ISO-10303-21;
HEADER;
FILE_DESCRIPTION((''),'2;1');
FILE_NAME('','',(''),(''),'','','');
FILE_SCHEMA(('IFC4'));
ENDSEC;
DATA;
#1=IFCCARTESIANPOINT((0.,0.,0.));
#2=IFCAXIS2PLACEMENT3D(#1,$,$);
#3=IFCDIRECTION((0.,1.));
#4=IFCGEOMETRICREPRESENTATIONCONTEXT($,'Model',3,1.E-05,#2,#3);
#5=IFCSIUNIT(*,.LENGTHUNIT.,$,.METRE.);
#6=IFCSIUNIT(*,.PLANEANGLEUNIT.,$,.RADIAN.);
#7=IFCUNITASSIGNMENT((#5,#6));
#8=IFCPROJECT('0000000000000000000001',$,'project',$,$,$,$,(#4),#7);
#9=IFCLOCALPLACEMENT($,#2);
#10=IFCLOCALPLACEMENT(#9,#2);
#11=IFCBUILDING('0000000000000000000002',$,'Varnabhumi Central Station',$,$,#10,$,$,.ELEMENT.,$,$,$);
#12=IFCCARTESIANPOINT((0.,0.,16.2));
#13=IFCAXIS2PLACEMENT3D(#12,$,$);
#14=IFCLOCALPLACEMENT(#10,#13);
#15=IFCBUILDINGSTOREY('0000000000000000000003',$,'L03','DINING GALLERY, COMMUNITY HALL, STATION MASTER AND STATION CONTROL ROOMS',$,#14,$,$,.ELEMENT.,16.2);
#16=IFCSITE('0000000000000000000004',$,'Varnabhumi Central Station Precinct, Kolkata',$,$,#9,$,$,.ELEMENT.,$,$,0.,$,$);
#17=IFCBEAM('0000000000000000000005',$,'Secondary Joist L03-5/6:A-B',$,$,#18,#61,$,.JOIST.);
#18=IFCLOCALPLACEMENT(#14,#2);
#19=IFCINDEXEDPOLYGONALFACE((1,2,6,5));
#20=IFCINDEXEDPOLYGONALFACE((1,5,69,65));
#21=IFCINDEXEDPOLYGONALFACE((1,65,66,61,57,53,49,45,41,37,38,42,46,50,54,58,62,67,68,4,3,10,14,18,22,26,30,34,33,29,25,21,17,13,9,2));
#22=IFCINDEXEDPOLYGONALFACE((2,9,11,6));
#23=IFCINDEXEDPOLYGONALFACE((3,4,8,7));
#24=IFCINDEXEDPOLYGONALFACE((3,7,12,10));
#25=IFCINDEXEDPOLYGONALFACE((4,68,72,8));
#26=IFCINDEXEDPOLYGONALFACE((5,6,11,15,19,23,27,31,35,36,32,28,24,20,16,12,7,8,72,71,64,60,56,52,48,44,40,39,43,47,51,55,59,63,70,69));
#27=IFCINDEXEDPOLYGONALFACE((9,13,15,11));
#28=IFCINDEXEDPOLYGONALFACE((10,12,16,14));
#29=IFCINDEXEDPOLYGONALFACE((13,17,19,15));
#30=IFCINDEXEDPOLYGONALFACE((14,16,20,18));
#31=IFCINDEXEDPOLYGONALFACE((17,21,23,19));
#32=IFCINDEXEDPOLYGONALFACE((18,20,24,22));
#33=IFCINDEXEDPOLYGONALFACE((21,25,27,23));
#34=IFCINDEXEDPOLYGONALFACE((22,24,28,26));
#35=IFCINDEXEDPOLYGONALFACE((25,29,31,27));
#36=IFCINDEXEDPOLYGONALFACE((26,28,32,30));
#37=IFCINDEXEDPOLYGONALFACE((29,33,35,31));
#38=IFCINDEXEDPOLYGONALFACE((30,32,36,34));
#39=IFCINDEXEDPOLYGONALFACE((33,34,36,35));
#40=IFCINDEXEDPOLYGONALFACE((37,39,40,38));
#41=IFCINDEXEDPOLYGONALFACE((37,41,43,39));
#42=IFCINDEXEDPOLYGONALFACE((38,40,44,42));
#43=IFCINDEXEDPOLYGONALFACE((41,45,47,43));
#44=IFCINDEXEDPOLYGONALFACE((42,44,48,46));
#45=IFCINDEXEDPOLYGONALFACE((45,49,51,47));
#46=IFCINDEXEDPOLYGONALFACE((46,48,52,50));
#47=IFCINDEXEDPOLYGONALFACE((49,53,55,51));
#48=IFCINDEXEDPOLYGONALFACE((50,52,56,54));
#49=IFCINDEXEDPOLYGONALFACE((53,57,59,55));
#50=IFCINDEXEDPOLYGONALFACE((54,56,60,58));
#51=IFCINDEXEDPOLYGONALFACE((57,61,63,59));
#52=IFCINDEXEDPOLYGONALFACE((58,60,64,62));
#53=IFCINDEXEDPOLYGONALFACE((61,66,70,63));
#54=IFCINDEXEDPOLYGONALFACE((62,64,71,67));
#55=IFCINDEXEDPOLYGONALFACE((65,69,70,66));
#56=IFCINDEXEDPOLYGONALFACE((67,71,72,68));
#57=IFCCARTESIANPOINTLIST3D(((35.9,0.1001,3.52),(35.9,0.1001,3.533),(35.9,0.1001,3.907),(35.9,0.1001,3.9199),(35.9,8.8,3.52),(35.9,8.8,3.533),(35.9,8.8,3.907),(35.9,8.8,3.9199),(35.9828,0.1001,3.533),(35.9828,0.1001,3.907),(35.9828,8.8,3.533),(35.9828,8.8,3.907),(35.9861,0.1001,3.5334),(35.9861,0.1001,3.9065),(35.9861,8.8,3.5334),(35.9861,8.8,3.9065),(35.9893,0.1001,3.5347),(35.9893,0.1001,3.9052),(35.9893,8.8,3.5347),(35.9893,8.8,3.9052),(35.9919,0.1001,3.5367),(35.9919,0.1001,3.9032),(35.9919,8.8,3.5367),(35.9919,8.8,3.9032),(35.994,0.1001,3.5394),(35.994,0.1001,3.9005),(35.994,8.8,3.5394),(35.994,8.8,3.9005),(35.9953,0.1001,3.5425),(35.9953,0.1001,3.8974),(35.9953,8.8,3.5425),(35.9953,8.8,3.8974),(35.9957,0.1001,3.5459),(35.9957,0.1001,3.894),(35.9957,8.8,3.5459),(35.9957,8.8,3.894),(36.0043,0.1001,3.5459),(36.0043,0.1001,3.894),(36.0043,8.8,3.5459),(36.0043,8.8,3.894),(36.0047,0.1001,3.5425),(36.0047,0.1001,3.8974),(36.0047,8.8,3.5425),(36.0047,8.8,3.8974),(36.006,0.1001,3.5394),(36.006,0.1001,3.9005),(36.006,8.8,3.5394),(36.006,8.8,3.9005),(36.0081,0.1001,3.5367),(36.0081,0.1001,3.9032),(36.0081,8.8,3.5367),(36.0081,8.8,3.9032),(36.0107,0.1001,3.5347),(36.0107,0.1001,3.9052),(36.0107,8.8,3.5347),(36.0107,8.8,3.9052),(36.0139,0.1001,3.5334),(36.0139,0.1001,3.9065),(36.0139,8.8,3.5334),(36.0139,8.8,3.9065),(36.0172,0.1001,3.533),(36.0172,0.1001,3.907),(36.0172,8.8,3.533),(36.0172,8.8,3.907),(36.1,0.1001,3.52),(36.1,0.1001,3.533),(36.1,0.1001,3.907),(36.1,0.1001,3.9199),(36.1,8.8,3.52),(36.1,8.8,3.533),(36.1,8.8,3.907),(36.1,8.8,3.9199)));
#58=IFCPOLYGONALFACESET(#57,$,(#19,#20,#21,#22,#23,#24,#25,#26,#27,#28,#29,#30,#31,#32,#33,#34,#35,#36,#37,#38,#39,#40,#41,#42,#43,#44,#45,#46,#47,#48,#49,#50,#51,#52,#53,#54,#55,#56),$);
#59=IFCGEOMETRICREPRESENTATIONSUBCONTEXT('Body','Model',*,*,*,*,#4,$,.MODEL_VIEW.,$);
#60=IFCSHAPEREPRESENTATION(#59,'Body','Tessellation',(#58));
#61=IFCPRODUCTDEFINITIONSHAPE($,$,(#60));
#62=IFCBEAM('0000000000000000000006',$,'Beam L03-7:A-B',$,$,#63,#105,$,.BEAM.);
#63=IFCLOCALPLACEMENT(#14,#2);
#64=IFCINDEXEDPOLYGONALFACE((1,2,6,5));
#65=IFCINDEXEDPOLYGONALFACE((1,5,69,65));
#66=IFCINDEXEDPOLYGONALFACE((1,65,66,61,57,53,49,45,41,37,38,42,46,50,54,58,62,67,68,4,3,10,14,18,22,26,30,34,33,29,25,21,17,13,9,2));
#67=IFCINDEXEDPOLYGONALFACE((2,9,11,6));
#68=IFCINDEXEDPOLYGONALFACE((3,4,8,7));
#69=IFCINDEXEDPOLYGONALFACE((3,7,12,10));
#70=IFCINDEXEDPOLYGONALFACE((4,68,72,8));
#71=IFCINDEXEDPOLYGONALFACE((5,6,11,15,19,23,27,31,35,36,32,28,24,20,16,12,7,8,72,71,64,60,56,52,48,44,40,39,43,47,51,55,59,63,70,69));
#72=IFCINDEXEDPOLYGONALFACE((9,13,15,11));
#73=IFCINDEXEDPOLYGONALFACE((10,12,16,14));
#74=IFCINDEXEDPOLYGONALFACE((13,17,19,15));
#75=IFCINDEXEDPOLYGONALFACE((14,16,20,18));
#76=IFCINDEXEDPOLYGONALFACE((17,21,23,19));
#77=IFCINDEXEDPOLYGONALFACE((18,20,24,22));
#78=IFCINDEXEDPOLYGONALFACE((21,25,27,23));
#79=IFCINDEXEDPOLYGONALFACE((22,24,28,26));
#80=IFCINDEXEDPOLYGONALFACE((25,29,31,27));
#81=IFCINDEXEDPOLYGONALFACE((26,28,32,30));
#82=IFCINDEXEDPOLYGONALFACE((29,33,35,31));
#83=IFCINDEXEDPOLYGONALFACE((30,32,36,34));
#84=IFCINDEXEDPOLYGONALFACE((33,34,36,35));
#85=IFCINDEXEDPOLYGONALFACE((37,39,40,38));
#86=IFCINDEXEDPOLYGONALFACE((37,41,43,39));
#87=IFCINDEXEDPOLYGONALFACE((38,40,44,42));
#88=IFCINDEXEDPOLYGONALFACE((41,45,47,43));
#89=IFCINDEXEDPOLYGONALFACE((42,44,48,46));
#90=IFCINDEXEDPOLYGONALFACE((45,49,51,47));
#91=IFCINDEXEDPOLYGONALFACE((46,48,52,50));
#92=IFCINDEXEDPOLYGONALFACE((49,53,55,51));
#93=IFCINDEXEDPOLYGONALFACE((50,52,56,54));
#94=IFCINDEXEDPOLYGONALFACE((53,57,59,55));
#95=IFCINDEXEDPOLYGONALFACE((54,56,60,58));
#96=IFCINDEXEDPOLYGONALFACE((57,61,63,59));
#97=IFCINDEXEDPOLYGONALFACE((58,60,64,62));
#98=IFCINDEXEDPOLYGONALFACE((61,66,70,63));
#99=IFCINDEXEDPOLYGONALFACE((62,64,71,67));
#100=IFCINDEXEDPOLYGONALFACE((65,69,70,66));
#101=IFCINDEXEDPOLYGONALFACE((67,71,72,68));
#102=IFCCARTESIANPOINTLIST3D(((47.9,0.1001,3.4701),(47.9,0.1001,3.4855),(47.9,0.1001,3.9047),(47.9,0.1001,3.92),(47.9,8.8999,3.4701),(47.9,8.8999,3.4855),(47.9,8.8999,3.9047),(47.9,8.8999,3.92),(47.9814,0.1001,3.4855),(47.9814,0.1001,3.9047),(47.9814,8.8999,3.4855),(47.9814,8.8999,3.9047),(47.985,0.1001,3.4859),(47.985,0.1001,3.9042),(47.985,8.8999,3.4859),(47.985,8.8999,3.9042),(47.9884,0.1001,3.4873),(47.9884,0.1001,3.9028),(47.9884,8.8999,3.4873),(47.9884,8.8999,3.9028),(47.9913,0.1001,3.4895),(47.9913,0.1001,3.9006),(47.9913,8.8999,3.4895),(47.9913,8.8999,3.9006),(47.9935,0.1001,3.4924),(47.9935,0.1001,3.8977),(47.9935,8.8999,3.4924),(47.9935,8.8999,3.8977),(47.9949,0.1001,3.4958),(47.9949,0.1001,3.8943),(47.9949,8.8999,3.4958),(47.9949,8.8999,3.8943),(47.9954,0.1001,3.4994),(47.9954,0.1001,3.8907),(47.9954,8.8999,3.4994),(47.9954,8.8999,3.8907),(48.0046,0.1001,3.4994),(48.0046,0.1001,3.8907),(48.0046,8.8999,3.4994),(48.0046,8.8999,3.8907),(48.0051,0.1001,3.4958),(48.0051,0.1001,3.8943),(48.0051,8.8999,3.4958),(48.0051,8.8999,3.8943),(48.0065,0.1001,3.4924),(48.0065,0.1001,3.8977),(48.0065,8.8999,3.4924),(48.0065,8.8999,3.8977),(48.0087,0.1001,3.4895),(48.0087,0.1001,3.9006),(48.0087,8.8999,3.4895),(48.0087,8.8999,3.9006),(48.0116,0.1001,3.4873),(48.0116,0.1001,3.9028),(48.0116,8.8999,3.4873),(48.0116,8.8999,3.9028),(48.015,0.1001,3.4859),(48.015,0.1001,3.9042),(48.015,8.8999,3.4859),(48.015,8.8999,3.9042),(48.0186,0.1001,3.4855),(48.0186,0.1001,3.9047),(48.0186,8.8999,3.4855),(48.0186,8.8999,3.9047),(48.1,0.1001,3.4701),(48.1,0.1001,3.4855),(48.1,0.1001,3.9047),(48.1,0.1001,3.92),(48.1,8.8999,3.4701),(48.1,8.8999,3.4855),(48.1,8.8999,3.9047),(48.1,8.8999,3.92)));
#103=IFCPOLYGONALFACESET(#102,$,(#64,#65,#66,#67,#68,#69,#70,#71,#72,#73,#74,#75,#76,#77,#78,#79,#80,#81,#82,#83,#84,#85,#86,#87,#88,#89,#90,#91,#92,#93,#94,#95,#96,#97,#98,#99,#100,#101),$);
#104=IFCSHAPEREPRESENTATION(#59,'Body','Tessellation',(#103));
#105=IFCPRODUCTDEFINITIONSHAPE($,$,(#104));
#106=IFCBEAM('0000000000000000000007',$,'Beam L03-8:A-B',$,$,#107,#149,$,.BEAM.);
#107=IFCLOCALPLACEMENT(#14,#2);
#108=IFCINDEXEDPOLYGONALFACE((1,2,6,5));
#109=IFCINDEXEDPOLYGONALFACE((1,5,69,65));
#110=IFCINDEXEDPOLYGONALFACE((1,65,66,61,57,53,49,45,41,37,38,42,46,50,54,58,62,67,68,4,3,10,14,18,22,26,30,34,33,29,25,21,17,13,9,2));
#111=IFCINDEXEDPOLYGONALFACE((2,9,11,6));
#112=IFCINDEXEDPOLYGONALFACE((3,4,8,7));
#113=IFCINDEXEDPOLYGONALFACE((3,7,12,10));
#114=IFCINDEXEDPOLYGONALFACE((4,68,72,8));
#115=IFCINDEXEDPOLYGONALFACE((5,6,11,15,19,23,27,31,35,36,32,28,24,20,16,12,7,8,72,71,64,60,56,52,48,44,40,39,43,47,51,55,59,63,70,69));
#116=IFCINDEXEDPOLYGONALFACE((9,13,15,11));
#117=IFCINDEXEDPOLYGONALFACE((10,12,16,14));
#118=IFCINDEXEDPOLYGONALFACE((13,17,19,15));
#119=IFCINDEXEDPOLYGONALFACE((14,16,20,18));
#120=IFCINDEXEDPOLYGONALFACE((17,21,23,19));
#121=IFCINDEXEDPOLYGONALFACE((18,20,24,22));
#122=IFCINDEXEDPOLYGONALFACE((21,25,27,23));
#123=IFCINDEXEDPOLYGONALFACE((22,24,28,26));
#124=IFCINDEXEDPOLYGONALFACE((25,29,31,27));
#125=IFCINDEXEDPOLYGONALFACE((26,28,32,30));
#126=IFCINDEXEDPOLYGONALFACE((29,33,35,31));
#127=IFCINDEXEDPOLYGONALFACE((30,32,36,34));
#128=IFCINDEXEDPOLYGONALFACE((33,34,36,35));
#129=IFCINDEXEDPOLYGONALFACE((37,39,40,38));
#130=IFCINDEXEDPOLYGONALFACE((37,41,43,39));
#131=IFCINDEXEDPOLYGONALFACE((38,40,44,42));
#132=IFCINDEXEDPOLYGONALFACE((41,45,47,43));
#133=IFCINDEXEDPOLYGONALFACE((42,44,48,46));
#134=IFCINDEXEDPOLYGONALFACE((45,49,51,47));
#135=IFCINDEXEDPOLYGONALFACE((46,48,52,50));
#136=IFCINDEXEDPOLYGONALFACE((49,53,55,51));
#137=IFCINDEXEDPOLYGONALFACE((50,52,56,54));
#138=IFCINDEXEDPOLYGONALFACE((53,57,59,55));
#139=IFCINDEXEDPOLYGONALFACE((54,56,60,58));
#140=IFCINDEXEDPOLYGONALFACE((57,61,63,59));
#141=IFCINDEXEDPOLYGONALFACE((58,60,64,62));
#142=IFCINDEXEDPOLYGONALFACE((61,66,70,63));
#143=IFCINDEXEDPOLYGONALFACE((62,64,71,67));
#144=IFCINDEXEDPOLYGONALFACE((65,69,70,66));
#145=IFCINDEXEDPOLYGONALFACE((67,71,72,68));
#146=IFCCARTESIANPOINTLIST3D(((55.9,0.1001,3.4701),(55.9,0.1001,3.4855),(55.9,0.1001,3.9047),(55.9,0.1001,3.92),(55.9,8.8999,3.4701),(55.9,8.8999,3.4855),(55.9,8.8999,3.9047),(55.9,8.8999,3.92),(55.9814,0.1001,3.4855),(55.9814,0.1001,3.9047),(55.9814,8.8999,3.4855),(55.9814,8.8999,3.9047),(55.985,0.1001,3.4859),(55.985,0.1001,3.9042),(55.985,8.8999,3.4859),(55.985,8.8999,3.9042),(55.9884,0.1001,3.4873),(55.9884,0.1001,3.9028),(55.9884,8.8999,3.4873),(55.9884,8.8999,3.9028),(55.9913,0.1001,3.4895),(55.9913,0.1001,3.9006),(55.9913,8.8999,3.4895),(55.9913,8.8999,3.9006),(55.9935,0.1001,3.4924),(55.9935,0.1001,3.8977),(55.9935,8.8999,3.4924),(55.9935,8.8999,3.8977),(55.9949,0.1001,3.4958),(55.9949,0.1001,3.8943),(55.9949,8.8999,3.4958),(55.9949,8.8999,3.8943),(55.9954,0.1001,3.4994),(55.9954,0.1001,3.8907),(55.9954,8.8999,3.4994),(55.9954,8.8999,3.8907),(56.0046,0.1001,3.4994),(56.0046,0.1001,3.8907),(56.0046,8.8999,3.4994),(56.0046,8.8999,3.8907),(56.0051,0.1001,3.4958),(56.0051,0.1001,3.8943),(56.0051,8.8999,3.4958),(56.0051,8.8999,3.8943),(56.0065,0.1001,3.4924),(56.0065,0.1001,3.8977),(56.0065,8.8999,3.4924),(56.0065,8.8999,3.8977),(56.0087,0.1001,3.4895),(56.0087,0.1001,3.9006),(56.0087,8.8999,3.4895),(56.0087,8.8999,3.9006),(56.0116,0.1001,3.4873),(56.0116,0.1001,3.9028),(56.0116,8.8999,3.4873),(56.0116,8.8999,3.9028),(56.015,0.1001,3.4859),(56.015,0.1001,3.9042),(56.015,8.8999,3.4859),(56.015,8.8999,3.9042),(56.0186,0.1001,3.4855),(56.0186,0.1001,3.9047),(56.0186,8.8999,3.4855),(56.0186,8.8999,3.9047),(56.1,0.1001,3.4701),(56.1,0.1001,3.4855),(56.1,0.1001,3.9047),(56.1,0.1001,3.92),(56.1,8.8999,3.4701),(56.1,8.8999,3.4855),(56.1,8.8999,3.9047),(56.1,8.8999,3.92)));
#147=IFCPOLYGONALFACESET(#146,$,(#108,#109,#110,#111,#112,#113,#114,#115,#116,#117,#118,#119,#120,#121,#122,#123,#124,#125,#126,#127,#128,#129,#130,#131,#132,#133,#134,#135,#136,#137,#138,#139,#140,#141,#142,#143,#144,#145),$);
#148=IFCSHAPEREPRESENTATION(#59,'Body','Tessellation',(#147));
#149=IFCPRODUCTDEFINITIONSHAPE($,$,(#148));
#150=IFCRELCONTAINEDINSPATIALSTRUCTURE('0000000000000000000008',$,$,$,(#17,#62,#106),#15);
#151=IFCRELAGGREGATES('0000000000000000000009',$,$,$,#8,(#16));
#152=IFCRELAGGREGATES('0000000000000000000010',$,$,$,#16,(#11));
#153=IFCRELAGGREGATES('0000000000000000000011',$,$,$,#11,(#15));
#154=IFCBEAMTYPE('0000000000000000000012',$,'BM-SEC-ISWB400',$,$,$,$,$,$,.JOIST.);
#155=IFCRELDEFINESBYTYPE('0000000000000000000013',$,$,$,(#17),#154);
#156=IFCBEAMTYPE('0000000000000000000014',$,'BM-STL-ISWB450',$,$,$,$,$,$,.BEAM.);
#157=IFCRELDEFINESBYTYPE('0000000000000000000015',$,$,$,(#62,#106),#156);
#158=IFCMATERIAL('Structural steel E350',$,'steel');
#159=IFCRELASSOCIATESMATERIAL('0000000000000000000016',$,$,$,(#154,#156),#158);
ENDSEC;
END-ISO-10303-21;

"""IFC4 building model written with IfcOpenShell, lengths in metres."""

from ifc_helpers import new_model, si_unit, direction, frame, origin, origin_2d, place, context, subcontext, project, spatial, i_section, extrude, material, material_profile, profile_set, type_object, element, save


model = new_model("IFC4")

# Units and contexts
model_context = context("Model", 3, precision=1e-05, world=origin(), true_north=direction((0.0, 1.0)))
body_context = subcontext(model_context, "Body", "Model", "MODEL_VIEW")
ifc_project = project(units=[si_unit("LENGTHUNIT", "METRE"), si_unit("PLANEANGLEUNIT", "RADIAN")], contexts=[model_context])

# Site, building, storey
site_placement = place(None, origin())
site = spatial("IfcSite", under=ifc_project, at=site_placement, Name="Varnabhumi Central Station Precinct, Kolkata", CompositionType="ELEMENT", RefElevation=0.0)
building_placement = place(site_placement, origin())
building = spatial("IfcBuilding", under=site, at=building_placement, Name="Varnabhumi Central Station", CompositionType="ELEMENT")
storey_placement = place(building_placement, frame((0.0, 0.0, 16.2)))
storey = spatial("IfcBuildingStorey", under=building, at=storey_placement, Name="L03", Description="DINING GALLERY, COMMUNITY HALL, STATION MASTER AND STATION CONTROL ROOMS", CompositionType="ELEMENT", Elevation=16.2)

# Beams
ifc_material_1 = material(Name="Structural steel E350", Category="steel")
ifc_material_profile_1 = material_profile(ifc_material_1, i_section(OverallWidth=0.2, OverallDepth=0.3999, WebThickness=0.0085, FlangeThickness=0.0129, FilletRadius=0.0129, at=origin_2d()), Name="Structural steel E350", Category="steel")
ifc_profile_set_1 = profile_set([ifc_material_profile_1], Name="Structural steel E350")
beam_type_1 = type_object("IfcBeamType", Name="BM-SEC-ISWB400", PredefinedType="JOIST", material=ifc_profile_set_1)
beam_1_placement = place(storey_placement, frame((36.0, 0.1001, 3.72), z_axis=(0.0, 1.0, 0.0), x_axis=(-1.0, 0.0, 0.0)))
element("IfcBeam", 1, at=beam_1_placement, inside=storey, type_object=beam_type_1, Name="Secondary Joist L03-5/6:A-B", PredefinedType="JOIST", context=body_context, shape_type="SweptSolid", body=[
    extrude(i_section(OverallWidth=0.2, OverallDepth=0.3999, WebThickness=0.0085, FlangeThickness=0.0129, FilletRadius=0.0129, at=origin_2d()), origin(), (0.0, 0.0, 1.0), 8.7),
])
ifc_material_profile_2 = material_profile(ifc_material_1, i_section(OverallWidth=0.2, OverallDepth=0.45, WebThickness=0.0093, FlangeThickness=0.0154, FilletRadius=0.0139, at=origin_2d()), Name="Structural steel E350", Category="steel")
ifc_profile_set_2 = profile_set([ifc_material_profile_2], Name="Structural steel E350")
beam_type_2 = type_object("IfcBeamType", Name="BM-STL-ISWB450", PredefinedType="BEAM", material=ifc_profile_set_2)
for number, where, z_axis, x_axis, name in (
    (2, (48.0, 0.1001, 3.6951), (0.0, 1.0, 0.0), (-1.0, 0.0, 0.0), "Beam L03-7:A-B"),
    (3, (56.0, 0.1001, 3.6951), (0.0, 1.0, 0.0), (-1.0, 0.0, 0.0), "Beam L03-8:A-B"),
):
    element("IfcBeam", number, at=place(storey_placement, frame(where, z_axis=z_axis, x_axis=x_axis)), inside=storey, type_object=beam_type_2, Name=name, PredefinedType="BEAM", context=body_context, shape_type="SweptSolid", body=[
        extrude(i_section(OverallWidth=0.2, OverallDepth=0.45, WebThickness=0.0093, FlangeThickness=0.0154, FilletRadius=0.0139, at=origin_2d()), origin(), (0.0, 0.0, 1.0), 8.7998),
    ])

save(model, "model.ifc")
